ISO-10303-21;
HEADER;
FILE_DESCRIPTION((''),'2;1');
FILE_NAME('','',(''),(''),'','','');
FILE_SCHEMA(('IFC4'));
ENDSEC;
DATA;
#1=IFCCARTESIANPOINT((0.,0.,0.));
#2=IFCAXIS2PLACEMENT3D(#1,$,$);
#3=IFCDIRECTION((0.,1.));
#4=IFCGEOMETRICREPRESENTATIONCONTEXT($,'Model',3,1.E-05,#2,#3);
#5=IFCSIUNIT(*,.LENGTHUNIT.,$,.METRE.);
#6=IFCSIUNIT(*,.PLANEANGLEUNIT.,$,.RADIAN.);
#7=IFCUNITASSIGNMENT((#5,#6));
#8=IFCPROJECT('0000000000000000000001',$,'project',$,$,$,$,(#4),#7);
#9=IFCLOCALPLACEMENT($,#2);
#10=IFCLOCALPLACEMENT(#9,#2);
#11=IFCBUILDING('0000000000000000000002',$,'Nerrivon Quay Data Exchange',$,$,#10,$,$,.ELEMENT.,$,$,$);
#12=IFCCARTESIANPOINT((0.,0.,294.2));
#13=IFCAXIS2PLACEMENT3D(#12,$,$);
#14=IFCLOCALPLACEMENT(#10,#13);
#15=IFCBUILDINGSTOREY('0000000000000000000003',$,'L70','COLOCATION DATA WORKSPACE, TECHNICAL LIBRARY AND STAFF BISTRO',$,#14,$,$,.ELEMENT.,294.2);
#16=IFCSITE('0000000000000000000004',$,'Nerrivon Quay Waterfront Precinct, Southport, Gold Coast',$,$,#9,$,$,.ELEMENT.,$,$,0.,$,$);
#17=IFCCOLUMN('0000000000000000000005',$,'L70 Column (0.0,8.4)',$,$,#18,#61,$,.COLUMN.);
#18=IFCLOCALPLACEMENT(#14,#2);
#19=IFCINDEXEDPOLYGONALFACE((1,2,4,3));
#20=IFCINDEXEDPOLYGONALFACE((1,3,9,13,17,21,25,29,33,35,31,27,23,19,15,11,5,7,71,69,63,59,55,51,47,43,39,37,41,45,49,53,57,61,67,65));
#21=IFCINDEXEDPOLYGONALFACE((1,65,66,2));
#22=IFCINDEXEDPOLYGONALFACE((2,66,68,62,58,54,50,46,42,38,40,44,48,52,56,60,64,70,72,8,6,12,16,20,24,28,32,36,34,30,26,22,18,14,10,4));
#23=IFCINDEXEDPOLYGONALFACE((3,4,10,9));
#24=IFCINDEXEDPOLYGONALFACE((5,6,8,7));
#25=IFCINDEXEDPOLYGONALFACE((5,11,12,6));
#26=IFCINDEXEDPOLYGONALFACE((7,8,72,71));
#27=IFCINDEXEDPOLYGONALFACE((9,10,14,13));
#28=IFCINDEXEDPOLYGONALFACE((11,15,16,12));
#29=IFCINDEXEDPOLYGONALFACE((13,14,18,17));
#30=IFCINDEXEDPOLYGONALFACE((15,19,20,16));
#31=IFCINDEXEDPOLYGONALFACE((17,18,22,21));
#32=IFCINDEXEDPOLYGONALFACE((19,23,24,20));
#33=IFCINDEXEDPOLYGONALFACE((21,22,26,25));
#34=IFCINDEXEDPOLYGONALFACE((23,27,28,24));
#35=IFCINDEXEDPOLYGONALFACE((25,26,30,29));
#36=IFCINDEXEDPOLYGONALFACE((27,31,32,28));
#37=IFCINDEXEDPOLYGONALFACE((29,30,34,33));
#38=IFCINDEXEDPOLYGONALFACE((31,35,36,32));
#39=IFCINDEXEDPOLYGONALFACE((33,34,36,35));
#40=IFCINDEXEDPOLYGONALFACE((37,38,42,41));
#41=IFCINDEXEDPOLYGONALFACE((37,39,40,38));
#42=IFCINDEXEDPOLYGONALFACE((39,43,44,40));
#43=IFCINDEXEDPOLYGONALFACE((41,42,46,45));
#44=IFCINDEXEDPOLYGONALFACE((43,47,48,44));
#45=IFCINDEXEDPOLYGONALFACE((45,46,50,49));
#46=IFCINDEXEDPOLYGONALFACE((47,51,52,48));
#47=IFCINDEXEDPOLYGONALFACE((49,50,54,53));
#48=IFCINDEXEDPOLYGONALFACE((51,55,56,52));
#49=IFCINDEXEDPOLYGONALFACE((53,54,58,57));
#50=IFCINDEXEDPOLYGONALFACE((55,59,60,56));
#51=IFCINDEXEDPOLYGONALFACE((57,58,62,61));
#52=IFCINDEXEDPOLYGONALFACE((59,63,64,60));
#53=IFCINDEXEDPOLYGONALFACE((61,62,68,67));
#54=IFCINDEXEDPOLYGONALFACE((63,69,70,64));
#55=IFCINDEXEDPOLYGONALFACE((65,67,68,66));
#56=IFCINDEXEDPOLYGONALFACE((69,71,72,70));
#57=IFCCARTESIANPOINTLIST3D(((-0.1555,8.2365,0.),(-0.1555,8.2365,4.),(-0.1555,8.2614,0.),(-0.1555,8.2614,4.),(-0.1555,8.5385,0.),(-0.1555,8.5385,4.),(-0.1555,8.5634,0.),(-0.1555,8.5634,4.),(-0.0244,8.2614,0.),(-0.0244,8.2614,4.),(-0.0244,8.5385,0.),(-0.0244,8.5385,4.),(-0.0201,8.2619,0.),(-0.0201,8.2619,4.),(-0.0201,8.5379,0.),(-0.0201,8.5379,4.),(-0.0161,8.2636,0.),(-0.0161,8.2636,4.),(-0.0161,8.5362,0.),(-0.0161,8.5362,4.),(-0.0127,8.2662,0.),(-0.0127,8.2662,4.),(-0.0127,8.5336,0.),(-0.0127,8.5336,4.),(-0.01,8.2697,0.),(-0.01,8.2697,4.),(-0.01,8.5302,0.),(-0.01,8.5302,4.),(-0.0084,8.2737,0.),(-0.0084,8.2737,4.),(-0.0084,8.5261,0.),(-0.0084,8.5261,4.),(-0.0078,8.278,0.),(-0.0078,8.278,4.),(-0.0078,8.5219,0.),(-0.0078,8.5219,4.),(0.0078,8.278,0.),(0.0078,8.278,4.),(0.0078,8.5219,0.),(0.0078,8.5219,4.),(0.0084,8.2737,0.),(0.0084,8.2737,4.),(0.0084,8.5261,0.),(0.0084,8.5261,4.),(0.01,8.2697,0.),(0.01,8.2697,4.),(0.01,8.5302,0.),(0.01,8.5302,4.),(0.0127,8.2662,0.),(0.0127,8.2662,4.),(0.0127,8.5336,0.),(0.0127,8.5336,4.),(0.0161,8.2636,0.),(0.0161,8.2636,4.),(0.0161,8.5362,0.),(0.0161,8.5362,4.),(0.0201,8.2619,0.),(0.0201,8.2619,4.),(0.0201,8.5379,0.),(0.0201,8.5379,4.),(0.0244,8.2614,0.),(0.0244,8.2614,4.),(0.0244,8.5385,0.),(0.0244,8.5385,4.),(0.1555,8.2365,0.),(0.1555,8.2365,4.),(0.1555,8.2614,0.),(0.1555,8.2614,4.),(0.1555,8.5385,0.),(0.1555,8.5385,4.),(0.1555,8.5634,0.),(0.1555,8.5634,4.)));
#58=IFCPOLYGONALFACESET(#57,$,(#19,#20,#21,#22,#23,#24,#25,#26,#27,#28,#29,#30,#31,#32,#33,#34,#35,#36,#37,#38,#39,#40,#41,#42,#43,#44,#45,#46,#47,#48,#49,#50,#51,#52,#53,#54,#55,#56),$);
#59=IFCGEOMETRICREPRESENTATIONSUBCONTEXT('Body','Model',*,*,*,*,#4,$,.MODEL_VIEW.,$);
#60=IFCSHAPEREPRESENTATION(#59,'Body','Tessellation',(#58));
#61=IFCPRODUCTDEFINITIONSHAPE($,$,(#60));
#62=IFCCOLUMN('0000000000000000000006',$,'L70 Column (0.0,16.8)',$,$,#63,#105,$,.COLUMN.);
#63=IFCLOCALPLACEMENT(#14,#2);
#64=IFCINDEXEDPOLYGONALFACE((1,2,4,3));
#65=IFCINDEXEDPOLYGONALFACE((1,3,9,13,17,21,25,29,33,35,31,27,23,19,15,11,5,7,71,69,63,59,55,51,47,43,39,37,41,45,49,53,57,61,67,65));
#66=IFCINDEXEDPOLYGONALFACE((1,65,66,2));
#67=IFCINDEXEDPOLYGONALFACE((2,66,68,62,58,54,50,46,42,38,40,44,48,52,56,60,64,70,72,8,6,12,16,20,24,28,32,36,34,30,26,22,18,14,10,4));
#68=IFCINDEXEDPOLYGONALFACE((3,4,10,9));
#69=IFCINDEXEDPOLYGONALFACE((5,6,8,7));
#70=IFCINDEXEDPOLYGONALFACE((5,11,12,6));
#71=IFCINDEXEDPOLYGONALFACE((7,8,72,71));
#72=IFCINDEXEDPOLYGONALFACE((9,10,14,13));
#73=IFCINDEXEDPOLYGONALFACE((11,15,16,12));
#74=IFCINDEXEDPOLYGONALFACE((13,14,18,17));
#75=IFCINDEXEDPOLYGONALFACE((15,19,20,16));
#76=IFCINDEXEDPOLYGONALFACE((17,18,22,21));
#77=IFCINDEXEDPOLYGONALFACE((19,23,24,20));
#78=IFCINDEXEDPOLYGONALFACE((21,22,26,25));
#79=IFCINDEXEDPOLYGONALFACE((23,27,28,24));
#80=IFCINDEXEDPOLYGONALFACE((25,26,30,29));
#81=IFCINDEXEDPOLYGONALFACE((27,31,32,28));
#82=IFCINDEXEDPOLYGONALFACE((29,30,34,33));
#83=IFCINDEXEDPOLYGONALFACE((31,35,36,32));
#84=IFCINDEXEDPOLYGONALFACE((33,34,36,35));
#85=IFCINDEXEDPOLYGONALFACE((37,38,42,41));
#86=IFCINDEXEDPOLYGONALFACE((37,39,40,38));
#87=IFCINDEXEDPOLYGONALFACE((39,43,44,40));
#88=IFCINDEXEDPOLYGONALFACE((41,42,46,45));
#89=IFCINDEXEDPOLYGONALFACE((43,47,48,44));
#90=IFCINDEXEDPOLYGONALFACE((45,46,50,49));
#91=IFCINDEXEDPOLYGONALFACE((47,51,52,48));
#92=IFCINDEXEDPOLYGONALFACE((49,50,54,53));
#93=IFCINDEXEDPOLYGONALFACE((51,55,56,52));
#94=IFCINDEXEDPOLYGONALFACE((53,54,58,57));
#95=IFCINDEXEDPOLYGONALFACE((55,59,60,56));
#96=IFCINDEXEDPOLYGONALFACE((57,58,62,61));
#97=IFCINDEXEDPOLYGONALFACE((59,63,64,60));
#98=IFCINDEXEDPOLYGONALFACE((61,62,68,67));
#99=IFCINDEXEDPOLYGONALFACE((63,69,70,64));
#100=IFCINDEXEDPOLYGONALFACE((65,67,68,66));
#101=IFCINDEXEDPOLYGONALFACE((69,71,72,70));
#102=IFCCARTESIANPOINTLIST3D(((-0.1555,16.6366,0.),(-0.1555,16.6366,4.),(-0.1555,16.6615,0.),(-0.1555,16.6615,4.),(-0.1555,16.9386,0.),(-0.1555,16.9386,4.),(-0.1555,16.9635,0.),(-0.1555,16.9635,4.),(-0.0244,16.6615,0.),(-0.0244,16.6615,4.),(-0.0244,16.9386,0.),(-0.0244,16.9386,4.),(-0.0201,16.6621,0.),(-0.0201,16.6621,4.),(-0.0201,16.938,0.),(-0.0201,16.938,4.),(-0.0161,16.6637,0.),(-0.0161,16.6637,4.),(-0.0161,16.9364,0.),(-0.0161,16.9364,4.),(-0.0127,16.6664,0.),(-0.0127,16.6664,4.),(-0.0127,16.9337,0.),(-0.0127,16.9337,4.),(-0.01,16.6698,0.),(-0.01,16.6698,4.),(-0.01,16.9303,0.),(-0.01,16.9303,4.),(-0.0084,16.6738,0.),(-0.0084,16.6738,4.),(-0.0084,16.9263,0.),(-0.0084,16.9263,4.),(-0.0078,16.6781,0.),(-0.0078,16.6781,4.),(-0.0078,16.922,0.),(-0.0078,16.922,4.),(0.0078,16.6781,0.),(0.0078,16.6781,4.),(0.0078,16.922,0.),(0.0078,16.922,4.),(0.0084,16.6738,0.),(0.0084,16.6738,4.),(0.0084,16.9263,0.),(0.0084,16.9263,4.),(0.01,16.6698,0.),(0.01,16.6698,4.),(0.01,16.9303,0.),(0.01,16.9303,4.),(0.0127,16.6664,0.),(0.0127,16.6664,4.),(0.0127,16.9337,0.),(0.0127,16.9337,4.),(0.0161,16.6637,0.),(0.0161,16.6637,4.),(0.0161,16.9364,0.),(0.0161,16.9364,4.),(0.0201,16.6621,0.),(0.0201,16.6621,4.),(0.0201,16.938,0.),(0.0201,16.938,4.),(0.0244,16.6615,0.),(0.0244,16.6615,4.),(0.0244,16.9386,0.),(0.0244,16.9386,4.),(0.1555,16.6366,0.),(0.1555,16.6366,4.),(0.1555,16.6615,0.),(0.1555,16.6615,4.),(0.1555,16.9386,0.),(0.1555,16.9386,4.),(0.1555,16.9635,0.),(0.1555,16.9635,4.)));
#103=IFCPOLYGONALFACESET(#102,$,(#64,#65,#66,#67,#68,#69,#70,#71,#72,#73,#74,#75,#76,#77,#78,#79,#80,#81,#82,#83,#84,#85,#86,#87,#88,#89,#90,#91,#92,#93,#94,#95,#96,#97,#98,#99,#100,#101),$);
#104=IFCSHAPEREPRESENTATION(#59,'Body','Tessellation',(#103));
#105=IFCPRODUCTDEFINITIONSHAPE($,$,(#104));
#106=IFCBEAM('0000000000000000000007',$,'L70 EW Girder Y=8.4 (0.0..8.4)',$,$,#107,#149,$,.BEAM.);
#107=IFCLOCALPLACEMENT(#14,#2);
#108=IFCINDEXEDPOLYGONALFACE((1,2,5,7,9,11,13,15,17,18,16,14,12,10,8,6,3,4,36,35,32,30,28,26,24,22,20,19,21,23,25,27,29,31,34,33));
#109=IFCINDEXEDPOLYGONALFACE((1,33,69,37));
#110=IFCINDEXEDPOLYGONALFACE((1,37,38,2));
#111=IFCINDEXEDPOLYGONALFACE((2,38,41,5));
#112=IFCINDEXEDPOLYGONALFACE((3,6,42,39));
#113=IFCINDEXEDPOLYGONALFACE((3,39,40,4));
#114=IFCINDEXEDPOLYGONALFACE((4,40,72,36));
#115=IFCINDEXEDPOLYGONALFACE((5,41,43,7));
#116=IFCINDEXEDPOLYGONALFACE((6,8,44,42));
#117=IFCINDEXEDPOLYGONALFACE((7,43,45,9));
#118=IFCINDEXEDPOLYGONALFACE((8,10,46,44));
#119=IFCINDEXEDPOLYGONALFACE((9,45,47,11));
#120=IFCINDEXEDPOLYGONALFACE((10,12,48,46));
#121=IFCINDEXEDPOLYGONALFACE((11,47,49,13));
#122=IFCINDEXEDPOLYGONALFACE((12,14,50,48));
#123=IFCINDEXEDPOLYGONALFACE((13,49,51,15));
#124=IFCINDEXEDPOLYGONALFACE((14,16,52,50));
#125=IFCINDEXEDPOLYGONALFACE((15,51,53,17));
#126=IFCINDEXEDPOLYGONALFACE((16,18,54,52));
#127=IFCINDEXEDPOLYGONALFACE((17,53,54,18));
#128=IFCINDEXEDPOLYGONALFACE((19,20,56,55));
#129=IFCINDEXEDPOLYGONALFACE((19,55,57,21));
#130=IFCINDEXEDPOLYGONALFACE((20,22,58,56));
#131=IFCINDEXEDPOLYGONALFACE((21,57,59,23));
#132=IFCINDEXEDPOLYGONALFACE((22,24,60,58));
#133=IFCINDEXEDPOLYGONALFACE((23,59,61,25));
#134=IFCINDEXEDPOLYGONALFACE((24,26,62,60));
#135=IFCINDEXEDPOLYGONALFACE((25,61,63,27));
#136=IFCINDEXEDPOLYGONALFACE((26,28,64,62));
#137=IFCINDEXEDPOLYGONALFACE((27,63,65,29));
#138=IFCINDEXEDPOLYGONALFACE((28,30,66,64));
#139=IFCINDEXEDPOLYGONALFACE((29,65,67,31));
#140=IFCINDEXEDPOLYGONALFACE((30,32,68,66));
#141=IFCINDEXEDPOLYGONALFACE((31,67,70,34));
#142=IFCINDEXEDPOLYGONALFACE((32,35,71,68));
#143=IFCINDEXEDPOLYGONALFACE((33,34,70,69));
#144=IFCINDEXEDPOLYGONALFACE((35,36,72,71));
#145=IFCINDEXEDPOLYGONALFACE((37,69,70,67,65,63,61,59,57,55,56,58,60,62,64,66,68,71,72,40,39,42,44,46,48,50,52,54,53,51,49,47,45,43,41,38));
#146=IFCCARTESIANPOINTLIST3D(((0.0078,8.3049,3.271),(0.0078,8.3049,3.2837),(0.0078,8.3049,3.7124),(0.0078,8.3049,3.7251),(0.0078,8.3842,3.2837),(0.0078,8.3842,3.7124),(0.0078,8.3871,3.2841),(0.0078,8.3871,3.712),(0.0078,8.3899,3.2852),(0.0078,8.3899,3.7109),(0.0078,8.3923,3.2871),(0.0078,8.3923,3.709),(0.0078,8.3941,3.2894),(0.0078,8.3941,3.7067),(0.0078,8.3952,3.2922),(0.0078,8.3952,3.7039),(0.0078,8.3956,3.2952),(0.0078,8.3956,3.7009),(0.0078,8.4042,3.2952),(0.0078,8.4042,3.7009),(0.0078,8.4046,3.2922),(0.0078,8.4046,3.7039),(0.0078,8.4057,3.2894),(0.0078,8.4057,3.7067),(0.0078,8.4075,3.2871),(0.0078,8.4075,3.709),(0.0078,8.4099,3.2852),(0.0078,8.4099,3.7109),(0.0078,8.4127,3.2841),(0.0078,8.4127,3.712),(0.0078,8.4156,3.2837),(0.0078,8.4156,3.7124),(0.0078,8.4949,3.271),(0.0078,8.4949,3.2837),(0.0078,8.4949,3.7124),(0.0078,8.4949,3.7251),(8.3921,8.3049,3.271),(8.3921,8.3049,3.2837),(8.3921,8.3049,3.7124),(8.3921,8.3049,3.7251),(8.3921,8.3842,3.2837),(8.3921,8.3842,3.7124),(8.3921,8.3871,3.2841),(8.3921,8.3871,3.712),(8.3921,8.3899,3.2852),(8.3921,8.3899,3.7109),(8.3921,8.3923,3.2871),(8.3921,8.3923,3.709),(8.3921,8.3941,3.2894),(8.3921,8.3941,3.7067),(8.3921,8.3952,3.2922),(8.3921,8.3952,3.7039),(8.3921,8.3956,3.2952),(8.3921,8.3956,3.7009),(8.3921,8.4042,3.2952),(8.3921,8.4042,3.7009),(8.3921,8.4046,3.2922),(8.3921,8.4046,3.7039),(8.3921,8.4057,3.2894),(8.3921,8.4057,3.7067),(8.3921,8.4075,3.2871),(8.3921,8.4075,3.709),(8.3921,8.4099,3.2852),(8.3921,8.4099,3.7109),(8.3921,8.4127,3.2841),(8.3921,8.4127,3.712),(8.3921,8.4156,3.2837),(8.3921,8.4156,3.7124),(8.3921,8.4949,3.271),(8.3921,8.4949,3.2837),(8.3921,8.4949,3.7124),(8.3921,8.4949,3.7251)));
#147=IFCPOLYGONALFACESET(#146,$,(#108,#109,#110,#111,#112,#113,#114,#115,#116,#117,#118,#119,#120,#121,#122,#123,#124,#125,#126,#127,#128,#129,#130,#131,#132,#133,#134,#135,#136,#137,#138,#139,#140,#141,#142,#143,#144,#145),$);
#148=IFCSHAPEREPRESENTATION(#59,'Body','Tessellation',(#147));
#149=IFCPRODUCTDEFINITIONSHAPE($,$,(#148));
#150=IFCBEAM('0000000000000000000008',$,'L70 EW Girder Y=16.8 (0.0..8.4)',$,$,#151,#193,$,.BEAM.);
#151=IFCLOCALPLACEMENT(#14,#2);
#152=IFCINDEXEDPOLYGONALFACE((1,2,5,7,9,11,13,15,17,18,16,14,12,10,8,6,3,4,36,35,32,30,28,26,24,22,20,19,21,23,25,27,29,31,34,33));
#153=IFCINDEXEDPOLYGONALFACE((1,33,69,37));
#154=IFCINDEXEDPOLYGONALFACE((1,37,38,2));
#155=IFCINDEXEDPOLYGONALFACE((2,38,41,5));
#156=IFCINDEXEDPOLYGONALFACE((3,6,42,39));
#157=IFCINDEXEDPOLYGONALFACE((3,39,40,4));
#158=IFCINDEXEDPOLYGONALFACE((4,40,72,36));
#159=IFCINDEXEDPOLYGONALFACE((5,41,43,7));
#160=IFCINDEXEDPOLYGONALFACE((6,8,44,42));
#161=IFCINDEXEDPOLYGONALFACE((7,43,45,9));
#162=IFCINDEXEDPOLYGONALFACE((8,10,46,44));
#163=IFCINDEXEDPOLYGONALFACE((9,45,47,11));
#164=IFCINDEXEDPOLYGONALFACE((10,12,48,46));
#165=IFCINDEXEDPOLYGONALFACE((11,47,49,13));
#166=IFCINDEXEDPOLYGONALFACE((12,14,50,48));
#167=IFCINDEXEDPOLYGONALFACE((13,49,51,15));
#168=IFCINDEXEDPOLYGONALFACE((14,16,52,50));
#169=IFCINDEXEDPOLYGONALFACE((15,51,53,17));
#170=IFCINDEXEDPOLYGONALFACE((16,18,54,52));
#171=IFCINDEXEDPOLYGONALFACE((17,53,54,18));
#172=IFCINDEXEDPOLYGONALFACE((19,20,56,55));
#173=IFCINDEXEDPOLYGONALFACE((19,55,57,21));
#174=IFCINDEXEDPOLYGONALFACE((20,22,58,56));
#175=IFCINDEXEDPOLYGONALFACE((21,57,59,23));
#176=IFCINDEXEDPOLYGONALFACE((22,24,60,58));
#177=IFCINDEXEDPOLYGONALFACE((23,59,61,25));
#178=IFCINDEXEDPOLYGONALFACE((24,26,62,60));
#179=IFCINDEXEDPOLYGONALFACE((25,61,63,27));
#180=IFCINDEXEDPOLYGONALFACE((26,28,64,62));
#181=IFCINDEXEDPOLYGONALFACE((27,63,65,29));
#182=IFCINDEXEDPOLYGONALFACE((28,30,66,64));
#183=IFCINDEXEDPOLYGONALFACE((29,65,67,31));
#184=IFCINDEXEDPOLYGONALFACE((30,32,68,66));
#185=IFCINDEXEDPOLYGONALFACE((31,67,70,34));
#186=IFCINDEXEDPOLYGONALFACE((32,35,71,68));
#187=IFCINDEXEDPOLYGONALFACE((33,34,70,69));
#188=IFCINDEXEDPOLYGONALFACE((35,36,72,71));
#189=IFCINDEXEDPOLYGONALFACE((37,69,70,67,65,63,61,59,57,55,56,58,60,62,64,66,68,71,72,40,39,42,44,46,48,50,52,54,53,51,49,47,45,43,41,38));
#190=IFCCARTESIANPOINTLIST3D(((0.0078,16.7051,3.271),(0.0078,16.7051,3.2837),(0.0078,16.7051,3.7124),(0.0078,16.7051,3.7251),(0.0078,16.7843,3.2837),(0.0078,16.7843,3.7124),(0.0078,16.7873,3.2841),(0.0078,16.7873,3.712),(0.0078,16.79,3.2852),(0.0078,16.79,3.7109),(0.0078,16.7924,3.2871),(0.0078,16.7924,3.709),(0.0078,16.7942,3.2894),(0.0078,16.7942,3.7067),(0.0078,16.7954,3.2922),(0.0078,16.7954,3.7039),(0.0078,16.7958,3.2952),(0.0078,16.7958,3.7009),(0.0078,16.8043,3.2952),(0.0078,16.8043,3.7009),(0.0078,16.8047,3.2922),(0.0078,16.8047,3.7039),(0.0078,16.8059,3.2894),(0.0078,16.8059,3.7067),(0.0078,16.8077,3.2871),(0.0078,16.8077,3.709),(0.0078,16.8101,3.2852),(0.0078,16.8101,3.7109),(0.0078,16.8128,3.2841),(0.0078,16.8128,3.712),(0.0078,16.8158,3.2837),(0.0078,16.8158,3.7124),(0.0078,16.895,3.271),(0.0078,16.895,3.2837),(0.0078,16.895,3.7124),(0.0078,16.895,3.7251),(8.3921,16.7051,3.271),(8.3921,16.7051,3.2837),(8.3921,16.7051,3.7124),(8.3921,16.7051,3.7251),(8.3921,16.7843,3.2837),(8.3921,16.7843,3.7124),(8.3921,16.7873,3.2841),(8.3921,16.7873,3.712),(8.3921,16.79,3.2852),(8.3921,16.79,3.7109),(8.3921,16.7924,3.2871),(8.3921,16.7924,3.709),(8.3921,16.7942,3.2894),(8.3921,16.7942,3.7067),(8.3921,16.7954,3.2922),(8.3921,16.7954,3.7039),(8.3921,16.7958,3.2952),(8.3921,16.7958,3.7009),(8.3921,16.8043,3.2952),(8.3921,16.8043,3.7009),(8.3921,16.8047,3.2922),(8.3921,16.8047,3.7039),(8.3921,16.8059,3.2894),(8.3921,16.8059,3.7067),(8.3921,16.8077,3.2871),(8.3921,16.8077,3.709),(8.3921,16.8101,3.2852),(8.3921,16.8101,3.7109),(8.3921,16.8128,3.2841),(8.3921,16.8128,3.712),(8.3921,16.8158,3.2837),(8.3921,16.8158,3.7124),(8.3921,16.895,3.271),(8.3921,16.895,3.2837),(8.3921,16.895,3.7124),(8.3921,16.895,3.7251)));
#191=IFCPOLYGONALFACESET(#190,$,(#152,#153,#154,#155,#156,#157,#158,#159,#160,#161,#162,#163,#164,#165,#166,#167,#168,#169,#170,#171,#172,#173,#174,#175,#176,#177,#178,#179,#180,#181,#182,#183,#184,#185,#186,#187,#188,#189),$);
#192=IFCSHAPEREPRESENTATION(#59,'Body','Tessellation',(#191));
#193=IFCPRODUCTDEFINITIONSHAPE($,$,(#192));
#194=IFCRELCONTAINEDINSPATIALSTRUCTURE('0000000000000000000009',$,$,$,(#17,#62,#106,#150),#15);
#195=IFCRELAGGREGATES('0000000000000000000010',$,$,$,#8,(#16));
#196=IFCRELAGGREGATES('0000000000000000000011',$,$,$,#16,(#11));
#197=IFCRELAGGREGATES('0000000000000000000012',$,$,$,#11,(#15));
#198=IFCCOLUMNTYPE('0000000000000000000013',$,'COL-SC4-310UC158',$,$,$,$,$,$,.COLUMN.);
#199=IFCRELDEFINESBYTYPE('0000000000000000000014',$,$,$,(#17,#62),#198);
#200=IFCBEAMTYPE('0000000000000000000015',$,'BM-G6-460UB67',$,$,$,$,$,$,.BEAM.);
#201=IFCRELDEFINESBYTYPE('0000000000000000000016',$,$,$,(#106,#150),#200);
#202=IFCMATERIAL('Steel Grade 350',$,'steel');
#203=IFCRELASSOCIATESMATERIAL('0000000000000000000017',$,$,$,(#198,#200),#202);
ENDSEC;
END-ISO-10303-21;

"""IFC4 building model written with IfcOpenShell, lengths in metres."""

from ifc_helpers import new_model, si_unit, direction, frame, origin, origin_2d, place, context, subcontext, project, spatial, i_section, extrude, material, material_profile, profile_set, type_object, element, save


model = new_model("IFC4")

# Units and contexts
model_context = context("Model", 3, precision=1e-05, world=origin(), true_north=direction((0.0, 1.0)))
body_context = subcontext(model_context, "Body", "Model", "MODEL_VIEW")
ifc_project = project(units=[si_unit("LENGTHUNIT", "METRE"), si_unit("PLANEANGLEUNIT", "RADIAN")], contexts=[model_context])

# Site, building, storey
site_placement = place(None, origin())
site = spatial("IfcSite", under=ifc_project, at=site_placement, Name="Nerrivon Quay Waterfront Precinct, Southport, Gold Coast", CompositionType="ELEMENT", RefElevation=0.0)
building_placement = place(site_placement, origin())
building = spatial("IfcBuilding", under=site, at=building_placement, Name="Nerrivon Quay Data Exchange", CompositionType="ELEMENT")
storey_placement = place(building_placement, frame((0.0, 0.0, 294.2)))
storey = spatial("IfcBuildingStorey", under=building, at=storey_placement, Name="L70", Description="COLOCATION DATA WORKSPACE, TECHNICAL LIBRARY AND STAFF BISTRO", CompositionType="ELEMENT", Elevation=294.2)

# Columns
ifc_material_1 = material(Name="Steel Grade 350", Category="steel")
ifc_material_profile_1 = material_profile(ifc_material_1, i_section(OverallWidth=0.311, OverallDepth=0.3269, WebThickness=0.0156, FlangeThickness=0.0249, FilletRadius=0.0166, at=origin_2d()), Name="310UC158")
ifc_profile_set_1 = profile_set([ifc_material_profile_1], Name="Steel Grade 350")
column_type = type_object("IfcColumnType", Name="COL-SC4-310UC158", PredefinedType="COLUMN", material=ifc_profile_set_1)
for number, where, z_axis, x_axis, name in (
    (1, (0.0, 8.3999, 0.0), (0.0, 0.0, 1.0), (1.0, 0.0, 0.0), "L70 Column (0.0,8.4)"),
    (2, (0.0, 16.8, 0.0), (0.0, 0.0, 1.0), (1.0, 0.0, 0.0), "L70 Column (0.0,16.8)"),
):
    element("IfcColumn", number, at=place(storey_placement, frame(where, z_axis=z_axis, x_axis=x_axis)), inside=storey, type_object=column_type, Name=name, PredefinedType="COLUMN", context=body_context, shape_type="SweptSolid", body=[
        extrude(i_section(OverallWidth=0.311, OverallDepth=0.3269, WebThickness=0.0156, FlangeThickness=0.0249, FilletRadius=0.0166, at=origin_2d()), origin(), (0.0, 0.0, 1.0), 4.0),
    ])

# Beams
ifc_material_profile_2 = material_profile(ifc_material_1, i_section(OverallWidth=0.1899, OverallDepth=0.4541, WebThickness=0.0085, FlangeThickness=0.0127, FilletRadius=0.0115, at=origin_2d()), Name="460UB67.1")
ifc_profile_set_2 = profile_set([ifc_material_profile_2], Name="Steel Grade 350")
beam_type_1 = type_object("IfcBeamType", Name="BM-G6-460UB67", PredefinedType="BEAM", material=ifc_profile_set_2)
for number, where, z_axis, x_axis, name in (
    (3, (0.0078, 8.3999, 3.498), (1.0, 0.0, 0.0), (0.0, 1.0, 0.0), "L70 EW Girder Y=8.4 (0.0..8.4)"),
    (4, (0.0078, 16.8, 3.498), (1.0, 0.0, 0.0), (0.0, 1.0, 0.0), "L70 EW Girder Y=16.8 (0.0..8.4)"),
):
    element("IfcBeam", number, at=place(storey_placement, frame(where, z_axis=z_axis, x_axis=x_axis)), inside=storey, type_object=beam_type_1, Name=name, PredefinedType="BEAM", context=body_context, shape_type="SweptSolid", body=[
        extrude(i_section(OverallWidth=0.1899, OverallDepth=0.4541, WebThickness=0.0085, FlangeThickness=0.0127, FilletRadius=0.0115, at=origin_2d()), origin(), (0.0, 0.0, 1.0), 8.3843),
    ])

save(model, "model.ifc")
